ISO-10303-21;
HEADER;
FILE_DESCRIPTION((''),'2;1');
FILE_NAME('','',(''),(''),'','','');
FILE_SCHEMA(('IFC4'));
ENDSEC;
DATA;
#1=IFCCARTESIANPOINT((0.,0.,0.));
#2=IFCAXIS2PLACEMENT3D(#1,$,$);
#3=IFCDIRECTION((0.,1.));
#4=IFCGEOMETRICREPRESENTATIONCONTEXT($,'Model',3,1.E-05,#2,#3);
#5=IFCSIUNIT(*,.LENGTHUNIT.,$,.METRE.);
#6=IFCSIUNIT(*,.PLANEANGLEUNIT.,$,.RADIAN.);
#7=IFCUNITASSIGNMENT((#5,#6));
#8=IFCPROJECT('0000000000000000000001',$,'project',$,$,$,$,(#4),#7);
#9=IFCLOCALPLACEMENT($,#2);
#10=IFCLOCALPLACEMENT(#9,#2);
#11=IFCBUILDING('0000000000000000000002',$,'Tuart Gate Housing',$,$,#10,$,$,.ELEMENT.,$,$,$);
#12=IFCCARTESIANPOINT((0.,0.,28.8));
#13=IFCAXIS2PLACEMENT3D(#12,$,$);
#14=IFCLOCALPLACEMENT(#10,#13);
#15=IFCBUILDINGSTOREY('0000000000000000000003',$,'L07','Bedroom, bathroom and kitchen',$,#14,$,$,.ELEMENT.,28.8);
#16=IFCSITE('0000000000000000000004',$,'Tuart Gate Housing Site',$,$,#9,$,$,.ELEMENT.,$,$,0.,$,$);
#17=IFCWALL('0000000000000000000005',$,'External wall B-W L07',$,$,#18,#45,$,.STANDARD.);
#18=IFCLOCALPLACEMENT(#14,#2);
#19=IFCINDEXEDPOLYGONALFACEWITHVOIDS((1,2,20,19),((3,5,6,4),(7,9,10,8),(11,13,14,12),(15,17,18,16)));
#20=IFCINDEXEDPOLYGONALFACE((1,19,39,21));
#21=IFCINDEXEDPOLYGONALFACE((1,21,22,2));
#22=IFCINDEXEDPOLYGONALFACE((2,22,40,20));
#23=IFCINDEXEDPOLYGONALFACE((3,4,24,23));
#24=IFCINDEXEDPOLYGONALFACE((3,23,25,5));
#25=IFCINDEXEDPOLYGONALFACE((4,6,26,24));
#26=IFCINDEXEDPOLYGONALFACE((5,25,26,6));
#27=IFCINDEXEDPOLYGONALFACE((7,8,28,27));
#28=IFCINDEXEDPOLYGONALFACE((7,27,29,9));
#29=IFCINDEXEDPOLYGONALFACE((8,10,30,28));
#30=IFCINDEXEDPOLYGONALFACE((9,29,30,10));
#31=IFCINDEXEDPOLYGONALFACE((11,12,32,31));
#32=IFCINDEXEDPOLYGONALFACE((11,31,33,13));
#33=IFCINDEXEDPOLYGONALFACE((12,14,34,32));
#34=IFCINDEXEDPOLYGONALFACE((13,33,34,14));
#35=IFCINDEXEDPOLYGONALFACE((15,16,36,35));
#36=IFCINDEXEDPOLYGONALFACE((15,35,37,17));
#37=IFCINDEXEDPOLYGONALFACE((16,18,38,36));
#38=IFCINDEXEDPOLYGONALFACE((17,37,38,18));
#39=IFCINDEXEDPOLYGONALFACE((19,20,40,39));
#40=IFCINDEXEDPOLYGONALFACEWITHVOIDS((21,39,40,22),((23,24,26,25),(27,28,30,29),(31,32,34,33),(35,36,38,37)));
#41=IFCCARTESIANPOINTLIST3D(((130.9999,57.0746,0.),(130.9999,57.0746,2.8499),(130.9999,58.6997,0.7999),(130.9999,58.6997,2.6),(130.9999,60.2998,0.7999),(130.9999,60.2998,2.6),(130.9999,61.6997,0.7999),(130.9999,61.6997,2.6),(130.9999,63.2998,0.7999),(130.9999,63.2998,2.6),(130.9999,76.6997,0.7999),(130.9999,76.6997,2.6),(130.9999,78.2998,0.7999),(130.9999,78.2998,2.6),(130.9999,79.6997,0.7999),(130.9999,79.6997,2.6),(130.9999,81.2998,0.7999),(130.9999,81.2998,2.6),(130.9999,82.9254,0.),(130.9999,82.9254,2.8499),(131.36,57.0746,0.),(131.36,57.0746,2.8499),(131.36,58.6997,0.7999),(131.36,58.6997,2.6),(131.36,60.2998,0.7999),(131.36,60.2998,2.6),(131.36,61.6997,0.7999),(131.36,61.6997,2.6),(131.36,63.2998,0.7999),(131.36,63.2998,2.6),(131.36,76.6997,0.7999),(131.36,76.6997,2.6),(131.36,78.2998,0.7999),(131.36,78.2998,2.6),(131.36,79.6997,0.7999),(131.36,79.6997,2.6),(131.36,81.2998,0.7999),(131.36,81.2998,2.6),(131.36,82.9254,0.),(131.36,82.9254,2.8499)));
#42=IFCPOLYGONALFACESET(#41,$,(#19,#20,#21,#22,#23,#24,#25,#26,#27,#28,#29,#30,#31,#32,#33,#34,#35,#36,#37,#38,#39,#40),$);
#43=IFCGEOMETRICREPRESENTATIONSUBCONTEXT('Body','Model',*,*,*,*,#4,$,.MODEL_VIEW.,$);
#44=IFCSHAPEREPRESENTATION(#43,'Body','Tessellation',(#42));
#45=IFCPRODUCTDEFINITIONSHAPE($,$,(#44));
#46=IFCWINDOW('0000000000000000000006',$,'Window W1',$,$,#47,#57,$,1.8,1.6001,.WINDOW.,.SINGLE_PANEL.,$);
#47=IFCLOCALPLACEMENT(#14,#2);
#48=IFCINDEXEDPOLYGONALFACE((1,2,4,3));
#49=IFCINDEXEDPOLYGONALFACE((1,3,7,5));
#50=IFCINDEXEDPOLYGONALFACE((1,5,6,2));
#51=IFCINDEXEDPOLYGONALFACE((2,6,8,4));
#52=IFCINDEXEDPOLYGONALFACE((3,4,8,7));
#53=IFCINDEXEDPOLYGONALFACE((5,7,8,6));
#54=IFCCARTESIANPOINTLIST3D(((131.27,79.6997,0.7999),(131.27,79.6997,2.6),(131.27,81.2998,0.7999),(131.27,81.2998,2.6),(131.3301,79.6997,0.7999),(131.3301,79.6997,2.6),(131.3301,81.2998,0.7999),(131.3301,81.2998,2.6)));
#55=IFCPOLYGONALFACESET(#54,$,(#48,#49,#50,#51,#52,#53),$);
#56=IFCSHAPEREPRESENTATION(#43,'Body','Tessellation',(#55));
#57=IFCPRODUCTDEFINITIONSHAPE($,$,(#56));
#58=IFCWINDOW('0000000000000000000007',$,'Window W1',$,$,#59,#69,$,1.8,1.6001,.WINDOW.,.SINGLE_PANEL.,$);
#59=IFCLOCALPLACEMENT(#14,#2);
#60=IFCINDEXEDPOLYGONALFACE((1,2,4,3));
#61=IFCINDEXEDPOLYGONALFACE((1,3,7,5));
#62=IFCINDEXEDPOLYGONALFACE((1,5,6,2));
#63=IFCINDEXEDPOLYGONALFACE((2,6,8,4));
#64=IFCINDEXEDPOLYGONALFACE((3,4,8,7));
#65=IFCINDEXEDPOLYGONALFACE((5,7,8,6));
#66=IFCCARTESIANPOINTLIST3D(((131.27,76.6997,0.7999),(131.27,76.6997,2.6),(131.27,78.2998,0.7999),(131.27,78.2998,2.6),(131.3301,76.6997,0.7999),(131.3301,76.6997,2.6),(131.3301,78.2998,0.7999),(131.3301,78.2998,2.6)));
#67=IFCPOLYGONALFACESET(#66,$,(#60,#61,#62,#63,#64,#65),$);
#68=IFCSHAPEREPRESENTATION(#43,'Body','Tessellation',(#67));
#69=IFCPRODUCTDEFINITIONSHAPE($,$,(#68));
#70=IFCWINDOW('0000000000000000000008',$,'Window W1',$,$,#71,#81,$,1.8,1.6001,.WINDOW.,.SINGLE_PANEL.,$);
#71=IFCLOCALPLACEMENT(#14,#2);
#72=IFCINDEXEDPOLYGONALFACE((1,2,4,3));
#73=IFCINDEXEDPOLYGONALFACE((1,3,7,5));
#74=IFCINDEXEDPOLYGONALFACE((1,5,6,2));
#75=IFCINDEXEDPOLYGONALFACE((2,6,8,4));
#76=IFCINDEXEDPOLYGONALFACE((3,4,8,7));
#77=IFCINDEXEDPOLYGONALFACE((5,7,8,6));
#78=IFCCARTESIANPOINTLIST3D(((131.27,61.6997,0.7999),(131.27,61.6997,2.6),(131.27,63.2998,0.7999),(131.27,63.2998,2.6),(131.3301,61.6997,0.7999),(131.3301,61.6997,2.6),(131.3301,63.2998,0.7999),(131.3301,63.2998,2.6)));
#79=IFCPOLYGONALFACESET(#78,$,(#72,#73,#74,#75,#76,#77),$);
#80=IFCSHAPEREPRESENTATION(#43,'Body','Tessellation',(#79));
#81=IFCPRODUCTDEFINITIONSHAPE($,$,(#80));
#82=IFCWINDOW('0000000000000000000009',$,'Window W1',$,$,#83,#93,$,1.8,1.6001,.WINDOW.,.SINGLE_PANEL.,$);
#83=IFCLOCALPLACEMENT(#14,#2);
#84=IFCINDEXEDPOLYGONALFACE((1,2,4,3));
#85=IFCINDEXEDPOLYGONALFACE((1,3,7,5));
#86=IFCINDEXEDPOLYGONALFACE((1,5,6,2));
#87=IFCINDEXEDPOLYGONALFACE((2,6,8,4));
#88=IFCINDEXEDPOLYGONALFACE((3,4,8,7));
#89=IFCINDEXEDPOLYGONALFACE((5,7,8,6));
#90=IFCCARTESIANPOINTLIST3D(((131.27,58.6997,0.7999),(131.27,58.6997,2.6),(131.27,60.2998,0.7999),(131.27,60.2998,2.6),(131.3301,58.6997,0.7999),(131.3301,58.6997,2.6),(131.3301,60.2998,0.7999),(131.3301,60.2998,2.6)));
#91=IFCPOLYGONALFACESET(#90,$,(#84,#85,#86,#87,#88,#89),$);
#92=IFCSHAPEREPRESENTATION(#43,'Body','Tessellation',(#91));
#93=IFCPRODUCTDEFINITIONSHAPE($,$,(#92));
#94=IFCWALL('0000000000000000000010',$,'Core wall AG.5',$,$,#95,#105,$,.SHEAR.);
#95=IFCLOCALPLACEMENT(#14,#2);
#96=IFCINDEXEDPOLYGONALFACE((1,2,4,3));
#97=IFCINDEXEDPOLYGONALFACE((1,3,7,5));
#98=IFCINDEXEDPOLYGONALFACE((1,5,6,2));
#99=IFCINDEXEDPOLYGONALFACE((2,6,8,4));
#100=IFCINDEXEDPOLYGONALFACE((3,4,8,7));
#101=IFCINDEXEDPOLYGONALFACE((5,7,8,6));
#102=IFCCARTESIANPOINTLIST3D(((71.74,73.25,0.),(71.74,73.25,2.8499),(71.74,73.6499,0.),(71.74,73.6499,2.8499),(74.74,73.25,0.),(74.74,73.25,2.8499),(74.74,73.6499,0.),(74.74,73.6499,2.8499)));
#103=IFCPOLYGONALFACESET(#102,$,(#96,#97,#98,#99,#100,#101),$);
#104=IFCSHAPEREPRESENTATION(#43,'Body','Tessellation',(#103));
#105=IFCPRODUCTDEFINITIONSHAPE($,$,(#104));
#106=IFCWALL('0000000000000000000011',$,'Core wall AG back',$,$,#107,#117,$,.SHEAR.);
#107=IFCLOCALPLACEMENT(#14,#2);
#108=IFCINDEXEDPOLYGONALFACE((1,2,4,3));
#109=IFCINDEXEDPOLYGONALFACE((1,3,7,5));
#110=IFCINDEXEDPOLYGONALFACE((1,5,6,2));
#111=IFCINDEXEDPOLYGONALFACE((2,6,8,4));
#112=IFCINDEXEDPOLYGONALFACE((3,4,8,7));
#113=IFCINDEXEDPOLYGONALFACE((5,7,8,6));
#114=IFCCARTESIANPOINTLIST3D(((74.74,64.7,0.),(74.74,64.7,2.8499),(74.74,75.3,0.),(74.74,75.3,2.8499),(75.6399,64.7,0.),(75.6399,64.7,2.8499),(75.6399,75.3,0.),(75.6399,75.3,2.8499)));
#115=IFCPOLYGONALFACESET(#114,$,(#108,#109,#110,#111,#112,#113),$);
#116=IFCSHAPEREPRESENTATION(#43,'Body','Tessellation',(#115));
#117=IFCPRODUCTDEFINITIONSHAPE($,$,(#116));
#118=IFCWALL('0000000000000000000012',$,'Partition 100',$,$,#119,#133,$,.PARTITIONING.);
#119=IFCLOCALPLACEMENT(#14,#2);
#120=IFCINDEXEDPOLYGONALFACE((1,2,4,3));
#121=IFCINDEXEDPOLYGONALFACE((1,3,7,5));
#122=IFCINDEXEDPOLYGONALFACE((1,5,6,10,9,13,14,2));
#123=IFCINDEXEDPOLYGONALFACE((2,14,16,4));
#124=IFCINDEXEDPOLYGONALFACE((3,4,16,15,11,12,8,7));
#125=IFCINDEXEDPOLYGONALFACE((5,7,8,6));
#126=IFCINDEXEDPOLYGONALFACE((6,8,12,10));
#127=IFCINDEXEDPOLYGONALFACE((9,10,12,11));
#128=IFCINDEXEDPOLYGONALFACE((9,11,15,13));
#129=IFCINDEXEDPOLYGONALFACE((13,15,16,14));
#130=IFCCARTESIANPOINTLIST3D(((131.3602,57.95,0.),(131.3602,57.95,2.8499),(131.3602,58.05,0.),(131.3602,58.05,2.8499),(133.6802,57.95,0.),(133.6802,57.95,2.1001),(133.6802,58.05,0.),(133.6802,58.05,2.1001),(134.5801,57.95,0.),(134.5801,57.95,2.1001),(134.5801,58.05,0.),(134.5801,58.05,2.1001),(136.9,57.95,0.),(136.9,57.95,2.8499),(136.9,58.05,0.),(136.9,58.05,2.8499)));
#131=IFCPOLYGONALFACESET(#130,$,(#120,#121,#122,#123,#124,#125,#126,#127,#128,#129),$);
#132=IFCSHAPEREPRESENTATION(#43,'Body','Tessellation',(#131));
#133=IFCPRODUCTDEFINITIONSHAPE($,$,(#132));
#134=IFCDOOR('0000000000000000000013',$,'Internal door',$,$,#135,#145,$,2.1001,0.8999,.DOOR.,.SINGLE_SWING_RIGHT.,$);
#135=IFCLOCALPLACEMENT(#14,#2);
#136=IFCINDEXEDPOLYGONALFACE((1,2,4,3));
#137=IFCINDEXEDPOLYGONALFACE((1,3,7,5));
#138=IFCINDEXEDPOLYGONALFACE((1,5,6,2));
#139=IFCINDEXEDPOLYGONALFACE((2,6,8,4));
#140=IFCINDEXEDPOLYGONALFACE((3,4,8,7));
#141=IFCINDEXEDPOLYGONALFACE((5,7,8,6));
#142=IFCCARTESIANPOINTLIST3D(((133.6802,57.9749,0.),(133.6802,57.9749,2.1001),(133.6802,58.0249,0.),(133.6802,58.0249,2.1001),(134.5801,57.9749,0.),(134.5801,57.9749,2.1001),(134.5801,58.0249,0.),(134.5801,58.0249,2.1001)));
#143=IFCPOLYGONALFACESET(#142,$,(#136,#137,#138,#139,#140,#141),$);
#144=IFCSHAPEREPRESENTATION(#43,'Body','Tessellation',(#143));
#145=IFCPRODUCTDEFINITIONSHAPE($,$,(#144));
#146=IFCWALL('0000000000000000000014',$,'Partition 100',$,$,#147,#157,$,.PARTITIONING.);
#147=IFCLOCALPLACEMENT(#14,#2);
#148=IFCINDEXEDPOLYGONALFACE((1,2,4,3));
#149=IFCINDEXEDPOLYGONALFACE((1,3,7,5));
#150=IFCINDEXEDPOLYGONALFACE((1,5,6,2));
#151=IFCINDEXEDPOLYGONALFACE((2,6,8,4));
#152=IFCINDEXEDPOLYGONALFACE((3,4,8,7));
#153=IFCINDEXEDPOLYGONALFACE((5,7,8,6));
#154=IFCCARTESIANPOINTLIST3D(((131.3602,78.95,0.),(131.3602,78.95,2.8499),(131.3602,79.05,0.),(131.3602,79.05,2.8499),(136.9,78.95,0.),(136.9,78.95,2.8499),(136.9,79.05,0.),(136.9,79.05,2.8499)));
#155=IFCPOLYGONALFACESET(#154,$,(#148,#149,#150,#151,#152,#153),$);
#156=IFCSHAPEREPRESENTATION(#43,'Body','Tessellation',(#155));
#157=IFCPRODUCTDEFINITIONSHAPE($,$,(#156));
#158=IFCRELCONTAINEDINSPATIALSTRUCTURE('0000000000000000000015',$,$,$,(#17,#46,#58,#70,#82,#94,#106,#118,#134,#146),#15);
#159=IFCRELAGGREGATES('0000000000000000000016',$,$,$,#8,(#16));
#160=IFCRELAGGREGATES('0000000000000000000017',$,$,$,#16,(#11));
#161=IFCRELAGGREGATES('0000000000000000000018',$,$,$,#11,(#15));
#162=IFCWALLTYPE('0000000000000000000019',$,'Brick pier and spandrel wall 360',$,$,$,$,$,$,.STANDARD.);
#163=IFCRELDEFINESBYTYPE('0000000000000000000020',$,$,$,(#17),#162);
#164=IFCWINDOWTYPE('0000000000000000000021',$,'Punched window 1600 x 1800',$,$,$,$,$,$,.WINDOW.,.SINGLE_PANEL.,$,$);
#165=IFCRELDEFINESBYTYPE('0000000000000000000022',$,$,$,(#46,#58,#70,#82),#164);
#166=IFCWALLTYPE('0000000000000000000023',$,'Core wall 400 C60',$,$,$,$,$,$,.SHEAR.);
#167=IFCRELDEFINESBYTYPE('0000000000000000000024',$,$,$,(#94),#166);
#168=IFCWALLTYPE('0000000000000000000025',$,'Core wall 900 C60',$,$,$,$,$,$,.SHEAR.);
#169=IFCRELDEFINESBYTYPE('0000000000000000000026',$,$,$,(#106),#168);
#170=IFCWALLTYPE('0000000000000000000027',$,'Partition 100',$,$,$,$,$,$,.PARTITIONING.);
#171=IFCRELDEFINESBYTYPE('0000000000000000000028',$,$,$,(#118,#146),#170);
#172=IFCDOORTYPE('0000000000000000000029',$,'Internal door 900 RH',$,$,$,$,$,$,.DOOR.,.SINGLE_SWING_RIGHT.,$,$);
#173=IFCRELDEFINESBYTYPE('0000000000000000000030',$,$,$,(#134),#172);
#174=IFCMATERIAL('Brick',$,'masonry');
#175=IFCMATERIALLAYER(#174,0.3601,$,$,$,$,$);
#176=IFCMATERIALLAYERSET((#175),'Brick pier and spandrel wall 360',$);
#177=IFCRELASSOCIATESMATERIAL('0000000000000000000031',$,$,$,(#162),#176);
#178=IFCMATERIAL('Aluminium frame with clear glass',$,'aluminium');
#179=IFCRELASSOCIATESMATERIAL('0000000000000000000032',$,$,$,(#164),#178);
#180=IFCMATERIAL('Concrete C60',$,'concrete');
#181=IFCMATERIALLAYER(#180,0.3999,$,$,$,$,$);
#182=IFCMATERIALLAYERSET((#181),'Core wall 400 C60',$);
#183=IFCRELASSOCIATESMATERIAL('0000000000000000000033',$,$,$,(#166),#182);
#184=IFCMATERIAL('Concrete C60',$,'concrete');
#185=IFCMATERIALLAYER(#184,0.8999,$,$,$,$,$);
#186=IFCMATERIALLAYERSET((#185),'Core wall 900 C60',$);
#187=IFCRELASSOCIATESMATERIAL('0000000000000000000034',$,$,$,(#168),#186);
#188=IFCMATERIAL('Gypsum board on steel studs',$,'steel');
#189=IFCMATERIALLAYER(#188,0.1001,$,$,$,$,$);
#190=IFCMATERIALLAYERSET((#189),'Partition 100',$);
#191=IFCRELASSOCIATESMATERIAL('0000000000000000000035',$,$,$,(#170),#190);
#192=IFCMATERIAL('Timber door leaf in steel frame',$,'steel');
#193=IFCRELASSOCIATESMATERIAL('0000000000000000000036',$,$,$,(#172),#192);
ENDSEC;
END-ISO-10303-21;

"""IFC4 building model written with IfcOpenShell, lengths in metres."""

from ifc_helpers import new_model, si_unit, direction, frame, frame_2d, origin, place, context, subcontext, project, spatial, rectangle, extrude, material, layer, layer_set, type_object, element, fill, save


model = new_model("IFC4")

# Units and contexts
model_context = context("Model", 3, precision=1e-05, world=origin(), true_north=direction((0.0, 1.0)))
body_context = subcontext(model_context, "Body", "Model", "MODEL_VIEW")
ifc_project = project(units=[si_unit("LENGTHUNIT", "METRE"), si_unit("PLANEANGLEUNIT", "RADIAN")], contexts=[model_context])

# Site, building, storey
site_placement = place(None, origin())
site = spatial("IfcSite", under=ifc_project, at=site_placement, Name="Tuart Gate Housing Site", CompositionType="ELEMENT", RefElevation=0.0)
building_placement = place(site_placement, origin())
building = spatial("IfcBuilding", under=site, at=building_placement, Name="Tuart Gate Housing", CompositionType="ELEMENT")
storey_placement = place(building_placement, frame((0.0, 0.0, 28.8)))
storey = spatial("IfcBuildingStorey", under=building, at=storey_placement, Name="L07", Description="Bedroom, bathroom and kitchen", CompositionType="ELEMENT", Elevation=28.8)

# Shared definitions
ifc_material_1 = material(Name="Brick", Category="masonry")
ifc_layer_1 = layer(ifc_material_1, 0.3601)
ifc_layer_set_1 = layer_set([ifc_layer_1], Name="Brick pier and spandrel wall 360")
wall_type_1 = type_object("IfcWallType", Name="Brick pier and spandrel wall 360", PredefinedType="STANDARD", material=ifc_layer_set_1)
ifc_material_2 = material(Name="Aluminium frame with clear glass", Category="aluminium")
window_type = type_object("IfcWindowType", Name="Punched window 1600 x 1800", PartitioningType="SINGLE_PANEL", PredefinedType="WINDOW", material=ifc_material_2)

# Wall, openings, windows
wall_1_placement = place(storey_placement, frame((131.1799, 82.9253, 0.0), z_axis=(0.0, 0.0, 1.0), x_axis=(0.0, -1.0, 0.0)))
wall_1 = element("IfcWall", 1, at=wall_1_placement, inside=storey, type_object=wall_type_1, Name="External wall B-W L07", PredefinedType="STANDARD", context=body_context, shape_type="SweptSolid", body=[
    extrude(rectangle(XDim=25.8508, YDim=0.3601, at=frame_2d((12.9253, 0.0))), origin(), (0.0, 0.0, 1.0), 2.8499),
])
opening_1_placement = place(wall_1_placement, frame((1.6255, 0.0, 0.8)))
opening_1 = element("IfcOpeningElement", 2, at=opening_1_placement, cuts=wall_1, PredefinedType="OPENING", context=body_context, shape_type="SweptSolid", body=[
    extrude(rectangle(XDim=1.6001, YDim=1.8, at=frame_2d((0.8, 0.8999))), frame((0.0, 0.1899, 0.0), z_axis=(0.0, -1.0, 0.0), x_axis=(1.0, 0.0, 0.0)), (0.0, 0.0, 1.0), 0.3801),
])
opening_2_placement = place(wall_1_placement, frame((4.6255, 0.0, 0.8)))
opening_2 = element("IfcOpeningElement", 3, at=opening_2_placement, cuts=wall_1, PredefinedType="OPENING", context=body_context, shape_type="SweptSolid", body=[
    extrude(rectangle(XDim=1.6001, YDim=1.8, at=frame_2d((0.8, 0.8999))), frame((0.0, 0.1899, 0.0), z_axis=(0.0, -1.0, 0.0), x_axis=(1.0, 0.0, 0.0)), (0.0, 0.0, 1.0), 0.3801),
])
opening_3_placement = place(wall_1_placement, frame((19.6255, 0.0, 0.8)))
opening_3 = element("IfcOpeningElement", 4, at=opening_3_placement, cuts=wall_1, PredefinedType="OPENING", context=body_context, shape_type="SweptSolid", body=[
    extrude(rectangle(XDim=1.6001, YDim=1.8, at=frame_2d((0.8, 0.8999))), frame((0.0, 0.1899, 0.0), z_axis=(0.0, -1.0, 0.0), x_axis=(1.0, 0.0, 0.0)), (0.0, 0.0, 1.0), 0.3801),
])
opening_4_placement = place(wall_1_placement, frame((22.6255, 0.0, 0.8)))
opening_4 = element("IfcOpeningElement", 5, at=opening_4_placement, cuts=wall_1, PredefinedType="OPENING", context=body_context, shape_type="SweptSolid", body=[
    extrude(rectangle(XDim=1.6001, YDim=1.8, at=frame_2d((0.8, 0.8999))), frame((0.0, 0.1899, 0.0), z_axis=(0.0, -1.0, 0.0), x_axis=(1.0, 0.0, 0.0)), (0.0, 0.0, 1.0), 0.3801),
])
window_1_placement = place(opening_1_placement, origin())
window_1 = element("IfcWindow", 6, at=window_1_placement, inside=storey, type_object=window_type, Name="Window W1", OverallHeight=1.8, OverallWidth=1.6001, PartitioningType="SINGLE_PANEL", PredefinedType="WINDOW", context=body_context, shape_type="SweptSolid", body=[
    extrude(rectangle(XDim=1.6001, YDim=1.8, at=frame_2d((0.8, 0.8999))), frame((0.0, 0.1501, 0.0), z_axis=(0.0, -1.0, 0.0), x_axis=(1.0, 0.0, 0.0)), (0.0, 0.0, 1.0), 0.0601),
])
fill(opening_1, window_1)
window_2_placement = place(opening_2_placement, origin())
window_2 = element("IfcWindow", 7, at=window_2_placement, inside=storey, type_object=window_type, Name="Window W1", OverallHeight=1.8, OverallWidth=1.6001, PartitioningType="SINGLE_PANEL", PredefinedType="WINDOW", context=body_context, shape_type="SweptSolid", body=[
    extrude(rectangle(XDim=1.6001, YDim=1.8, at=frame_2d((0.8, 0.8999))), frame((0.0, 0.1501, 0.0), z_axis=(0.0, -1.0, 0.0), x_axis=(1.0, 0.0, 0.0)), (0.0, 0.0, 1.0), 0.0601),
])
fill(opening_2, window_2)
window_3_placement = place(opening_3_placement, origin())
window_3 = element("IfcWindow", 8, at=window_3_placement, inside=storey, type_object=window_type, Name="Window W1", OverallHeight=1.8, OverallWidth=1.6001, PartitioningType="SINGLE_PANEL", PredefinedType="WINDOW", context=body_context, shape_type="SweptSolid", body=[
    extrude(rectangle(XDim=1.6001, YDim=1.8, at=frame_2d((0.8, 0.8999))), frame((0.0, 0.1501, 0.0), z_axis=(0.0, -1.0, 0.0), x_axis=(1.0, 0.0, 0.0)), (0.0, 0.0, 1.0), 0.0601),
])
fill(opening_3, window_3)
window_4_placement = place(opening_4_placement, origin())
window_4 = element("IfcWindow", 9, at=window_4_placement, inside=storey, type_object=window_type, Name="Window W1", OverallHeight=1.8, OverallWidth=1.6001, PartitioningType="SINGLE_PANEL", PredefinedType="WINDOW", context=body_context, shape_type="SweptSolid", body=[
    extrude(rectangle(XDim=1.6001, YDim=1.8, at=frame_2d((0.8, 0.8999))), frame((0.0, 0.1501, 0.0), z_axis=(0.0, -1.0, 0.0), x_axis=(1.0, 0.0, 0.0)), (0.0, 0.0, 1.0), 0.0601),
])
fill(opening_4, window_4)

# Walls
ifc_material_3 = material(Name="Concrete C60", Category="concrete")
ifc_layer_2 = layer(ifc_material_3, 0.3999)
ifc_layer_set_2 = layer_set([ifc_layer_2], Name="Core wall 400 C60")
wall_type_2 = type_object("IfcWallType", Name="Core wall 400 C60", PredefinedType="SHEAR", material=ifc_layer_set_2)
wall_2_placement = place(storey_placement, frame((71.74, 73.45, 0.0), z_axis=(0.0, 0.0, 1.0), x_axis=(1.0, 0.0, 0.0)))
element("IfcWall", 10, at=wall_2_placement, inside=storey, type_object=wall_type_2, Name="Core wall AG.5", PredefinedType="SHEAR", context=body_context, shape_type="SweptSolid", body=[
    extrude(rectangle(XDim=3.0, YDim=0.3999, at=frame_2d((1.5, 0.0))), origin(), (0.0, 0.0, 1.0), 2.8499),
])
ifc_material_4 = material(Name="Concrete C60", Category="concrete")
ifc_layer_3 = layer(ifc_material_4, 0.8999)
ifc_layer_set_3 = layer_set([ifc_layer_3], Name="Core wall 900 C60")
wall_type_3 = type_object("IfcWallType", Name="Core wall 900 C60", PredefinedType="SHEAR", material=ifc_layer_set_3)
wall_3_placement = place(storey_placement, frame((75.1899, 64.7, 0.0), z_axis=(0.0, 0.0, 1.0), x_axis=(0.0, 1.0, 0.0)))
element("IfcWall", 11, at=wall_3_placement, inside=storey, type_object=wall_type_3, Name="Core wall AG back", PredefinedType="SHEAR", context=body_context, shape_type="SweptSolid", body=[
    extrude(rectangle(XDim=10.6001, YDim=0.8999, at=frame_2d((5.3, 0.0))), origin(), (0.0, 0.0, 1.0), 2.8499),
])

# Wall, opening, door
ifc_material_5 = material(Name="Gypsum board on steel studs", Category="steel")
ifc_layer_4 = layer(ifc_material_5, 0.1001)
ifc_layer_set_4 = layer_set([ifc_layer_4], Name="Partition 100")
wall_type_4 = type_object("IfcWallType", Name="Partition 100", PredefinedType="PARTITIONING", material=ifc_layer_set_4)
wall_4_placement = place(storey_placement, frame((131.3601, 58.0, 0.0), z_axis=(0.0, 0.0, 1.0), x_axis=(1.0, 0.0, 0.0)))
wall_4 = element("IfcWall", 12, at=wall_4_placement, inside=storey, type_object=wall_type_4, Name="Partition 100", PredefinedType="PARTITIONING", context=body_context, shape_type="SweptSolid", body=[
    extrude(rectangle(XDim=5.5398, YDim=0.1001, at=frame_2d((2.77, 0.0))), origin(), (0.0, 0.0, 1.0), 2.8499),
])
opening_5_placement = place(wall_4_placement, frame((2.3201, 0.0, 0.0)))
opening_5 = element("IfcOpeningElement", 13, at=opening_5_placement, cuts=wall_4, PredefinedType="OPENING", context=body_context, shape_type="SweptSolid", body=[
    extrude(rectangle(XDim=0.8999, YDim=2.1001, at=frame_2d((0.45, 1.05))), frame((0.0, 0.0601, 0.0), z_axis=(0.0, -1.0, 0.0), x_axis=(1.0, 0.0, 0.0)), (0.0, 0.0, 1.0), 0.1201),
])
ifc_material_6 = material(Name="Timber door leaf in steel frame", Category="steel")
door_type = type_object("IfcDoorType", Name="Internal door 900 RH", OperationType="SINGLE_SWING_RIGHT", PredefinedType="DOOR", material=ifc_material_6)
door_placement = place(opening_5_placement, frame((0.8999, 0.0, 0.0), z_axis=(0.0, 0.0, 1.0), x_axis=(-1.0, 0.0, 0.0)))
door = element("IfcDoor", 14, at=door_placement, inside=storey, type_object=door_type, Name="Internal door", OperationType="SINGLE_SWING_RIGHT", OverallHeight=2.1001, OverallWidth=0.8999, PredefinedType="DOOR", context=body_context, shape_type="SweptSolid", body=[
    extrude(rectangle(XDim=0.8999, YDim=2.1001, at=frame_2d((0.45, 1.05))), frame((0.0, 0.0251, 0.0), z_axis=(0.0, -1.0, 0.0), x_axis=(1.0, 0.0, 0.0)), (0.0, 0.0, 1.0), 0.05),
])
fill(opening_5, door)

# Wall
wall_5_placement = place(storey_placement, frame((131.3601, 79.0, 0.0), z_axis=(0.0, 0.0, 1.0), x_axis=(1.0, 0.0, 0.0)))
element("IfcWall", 15, at=wall_5_placement, inside=storey, type_object=wall_type_4, Name="Partition 100", PredefinedType="PARTITIONING", context=body_context, shape_type="SweptSolid", body=[
    extrude(rectangle(XDim=5.5398, YDim=0.1001, at=frame_2d((2.77, 0.0))), origin(), (0.0, 0.0, 1.0), 2.8499),
])

save(model, "model.ifc")
